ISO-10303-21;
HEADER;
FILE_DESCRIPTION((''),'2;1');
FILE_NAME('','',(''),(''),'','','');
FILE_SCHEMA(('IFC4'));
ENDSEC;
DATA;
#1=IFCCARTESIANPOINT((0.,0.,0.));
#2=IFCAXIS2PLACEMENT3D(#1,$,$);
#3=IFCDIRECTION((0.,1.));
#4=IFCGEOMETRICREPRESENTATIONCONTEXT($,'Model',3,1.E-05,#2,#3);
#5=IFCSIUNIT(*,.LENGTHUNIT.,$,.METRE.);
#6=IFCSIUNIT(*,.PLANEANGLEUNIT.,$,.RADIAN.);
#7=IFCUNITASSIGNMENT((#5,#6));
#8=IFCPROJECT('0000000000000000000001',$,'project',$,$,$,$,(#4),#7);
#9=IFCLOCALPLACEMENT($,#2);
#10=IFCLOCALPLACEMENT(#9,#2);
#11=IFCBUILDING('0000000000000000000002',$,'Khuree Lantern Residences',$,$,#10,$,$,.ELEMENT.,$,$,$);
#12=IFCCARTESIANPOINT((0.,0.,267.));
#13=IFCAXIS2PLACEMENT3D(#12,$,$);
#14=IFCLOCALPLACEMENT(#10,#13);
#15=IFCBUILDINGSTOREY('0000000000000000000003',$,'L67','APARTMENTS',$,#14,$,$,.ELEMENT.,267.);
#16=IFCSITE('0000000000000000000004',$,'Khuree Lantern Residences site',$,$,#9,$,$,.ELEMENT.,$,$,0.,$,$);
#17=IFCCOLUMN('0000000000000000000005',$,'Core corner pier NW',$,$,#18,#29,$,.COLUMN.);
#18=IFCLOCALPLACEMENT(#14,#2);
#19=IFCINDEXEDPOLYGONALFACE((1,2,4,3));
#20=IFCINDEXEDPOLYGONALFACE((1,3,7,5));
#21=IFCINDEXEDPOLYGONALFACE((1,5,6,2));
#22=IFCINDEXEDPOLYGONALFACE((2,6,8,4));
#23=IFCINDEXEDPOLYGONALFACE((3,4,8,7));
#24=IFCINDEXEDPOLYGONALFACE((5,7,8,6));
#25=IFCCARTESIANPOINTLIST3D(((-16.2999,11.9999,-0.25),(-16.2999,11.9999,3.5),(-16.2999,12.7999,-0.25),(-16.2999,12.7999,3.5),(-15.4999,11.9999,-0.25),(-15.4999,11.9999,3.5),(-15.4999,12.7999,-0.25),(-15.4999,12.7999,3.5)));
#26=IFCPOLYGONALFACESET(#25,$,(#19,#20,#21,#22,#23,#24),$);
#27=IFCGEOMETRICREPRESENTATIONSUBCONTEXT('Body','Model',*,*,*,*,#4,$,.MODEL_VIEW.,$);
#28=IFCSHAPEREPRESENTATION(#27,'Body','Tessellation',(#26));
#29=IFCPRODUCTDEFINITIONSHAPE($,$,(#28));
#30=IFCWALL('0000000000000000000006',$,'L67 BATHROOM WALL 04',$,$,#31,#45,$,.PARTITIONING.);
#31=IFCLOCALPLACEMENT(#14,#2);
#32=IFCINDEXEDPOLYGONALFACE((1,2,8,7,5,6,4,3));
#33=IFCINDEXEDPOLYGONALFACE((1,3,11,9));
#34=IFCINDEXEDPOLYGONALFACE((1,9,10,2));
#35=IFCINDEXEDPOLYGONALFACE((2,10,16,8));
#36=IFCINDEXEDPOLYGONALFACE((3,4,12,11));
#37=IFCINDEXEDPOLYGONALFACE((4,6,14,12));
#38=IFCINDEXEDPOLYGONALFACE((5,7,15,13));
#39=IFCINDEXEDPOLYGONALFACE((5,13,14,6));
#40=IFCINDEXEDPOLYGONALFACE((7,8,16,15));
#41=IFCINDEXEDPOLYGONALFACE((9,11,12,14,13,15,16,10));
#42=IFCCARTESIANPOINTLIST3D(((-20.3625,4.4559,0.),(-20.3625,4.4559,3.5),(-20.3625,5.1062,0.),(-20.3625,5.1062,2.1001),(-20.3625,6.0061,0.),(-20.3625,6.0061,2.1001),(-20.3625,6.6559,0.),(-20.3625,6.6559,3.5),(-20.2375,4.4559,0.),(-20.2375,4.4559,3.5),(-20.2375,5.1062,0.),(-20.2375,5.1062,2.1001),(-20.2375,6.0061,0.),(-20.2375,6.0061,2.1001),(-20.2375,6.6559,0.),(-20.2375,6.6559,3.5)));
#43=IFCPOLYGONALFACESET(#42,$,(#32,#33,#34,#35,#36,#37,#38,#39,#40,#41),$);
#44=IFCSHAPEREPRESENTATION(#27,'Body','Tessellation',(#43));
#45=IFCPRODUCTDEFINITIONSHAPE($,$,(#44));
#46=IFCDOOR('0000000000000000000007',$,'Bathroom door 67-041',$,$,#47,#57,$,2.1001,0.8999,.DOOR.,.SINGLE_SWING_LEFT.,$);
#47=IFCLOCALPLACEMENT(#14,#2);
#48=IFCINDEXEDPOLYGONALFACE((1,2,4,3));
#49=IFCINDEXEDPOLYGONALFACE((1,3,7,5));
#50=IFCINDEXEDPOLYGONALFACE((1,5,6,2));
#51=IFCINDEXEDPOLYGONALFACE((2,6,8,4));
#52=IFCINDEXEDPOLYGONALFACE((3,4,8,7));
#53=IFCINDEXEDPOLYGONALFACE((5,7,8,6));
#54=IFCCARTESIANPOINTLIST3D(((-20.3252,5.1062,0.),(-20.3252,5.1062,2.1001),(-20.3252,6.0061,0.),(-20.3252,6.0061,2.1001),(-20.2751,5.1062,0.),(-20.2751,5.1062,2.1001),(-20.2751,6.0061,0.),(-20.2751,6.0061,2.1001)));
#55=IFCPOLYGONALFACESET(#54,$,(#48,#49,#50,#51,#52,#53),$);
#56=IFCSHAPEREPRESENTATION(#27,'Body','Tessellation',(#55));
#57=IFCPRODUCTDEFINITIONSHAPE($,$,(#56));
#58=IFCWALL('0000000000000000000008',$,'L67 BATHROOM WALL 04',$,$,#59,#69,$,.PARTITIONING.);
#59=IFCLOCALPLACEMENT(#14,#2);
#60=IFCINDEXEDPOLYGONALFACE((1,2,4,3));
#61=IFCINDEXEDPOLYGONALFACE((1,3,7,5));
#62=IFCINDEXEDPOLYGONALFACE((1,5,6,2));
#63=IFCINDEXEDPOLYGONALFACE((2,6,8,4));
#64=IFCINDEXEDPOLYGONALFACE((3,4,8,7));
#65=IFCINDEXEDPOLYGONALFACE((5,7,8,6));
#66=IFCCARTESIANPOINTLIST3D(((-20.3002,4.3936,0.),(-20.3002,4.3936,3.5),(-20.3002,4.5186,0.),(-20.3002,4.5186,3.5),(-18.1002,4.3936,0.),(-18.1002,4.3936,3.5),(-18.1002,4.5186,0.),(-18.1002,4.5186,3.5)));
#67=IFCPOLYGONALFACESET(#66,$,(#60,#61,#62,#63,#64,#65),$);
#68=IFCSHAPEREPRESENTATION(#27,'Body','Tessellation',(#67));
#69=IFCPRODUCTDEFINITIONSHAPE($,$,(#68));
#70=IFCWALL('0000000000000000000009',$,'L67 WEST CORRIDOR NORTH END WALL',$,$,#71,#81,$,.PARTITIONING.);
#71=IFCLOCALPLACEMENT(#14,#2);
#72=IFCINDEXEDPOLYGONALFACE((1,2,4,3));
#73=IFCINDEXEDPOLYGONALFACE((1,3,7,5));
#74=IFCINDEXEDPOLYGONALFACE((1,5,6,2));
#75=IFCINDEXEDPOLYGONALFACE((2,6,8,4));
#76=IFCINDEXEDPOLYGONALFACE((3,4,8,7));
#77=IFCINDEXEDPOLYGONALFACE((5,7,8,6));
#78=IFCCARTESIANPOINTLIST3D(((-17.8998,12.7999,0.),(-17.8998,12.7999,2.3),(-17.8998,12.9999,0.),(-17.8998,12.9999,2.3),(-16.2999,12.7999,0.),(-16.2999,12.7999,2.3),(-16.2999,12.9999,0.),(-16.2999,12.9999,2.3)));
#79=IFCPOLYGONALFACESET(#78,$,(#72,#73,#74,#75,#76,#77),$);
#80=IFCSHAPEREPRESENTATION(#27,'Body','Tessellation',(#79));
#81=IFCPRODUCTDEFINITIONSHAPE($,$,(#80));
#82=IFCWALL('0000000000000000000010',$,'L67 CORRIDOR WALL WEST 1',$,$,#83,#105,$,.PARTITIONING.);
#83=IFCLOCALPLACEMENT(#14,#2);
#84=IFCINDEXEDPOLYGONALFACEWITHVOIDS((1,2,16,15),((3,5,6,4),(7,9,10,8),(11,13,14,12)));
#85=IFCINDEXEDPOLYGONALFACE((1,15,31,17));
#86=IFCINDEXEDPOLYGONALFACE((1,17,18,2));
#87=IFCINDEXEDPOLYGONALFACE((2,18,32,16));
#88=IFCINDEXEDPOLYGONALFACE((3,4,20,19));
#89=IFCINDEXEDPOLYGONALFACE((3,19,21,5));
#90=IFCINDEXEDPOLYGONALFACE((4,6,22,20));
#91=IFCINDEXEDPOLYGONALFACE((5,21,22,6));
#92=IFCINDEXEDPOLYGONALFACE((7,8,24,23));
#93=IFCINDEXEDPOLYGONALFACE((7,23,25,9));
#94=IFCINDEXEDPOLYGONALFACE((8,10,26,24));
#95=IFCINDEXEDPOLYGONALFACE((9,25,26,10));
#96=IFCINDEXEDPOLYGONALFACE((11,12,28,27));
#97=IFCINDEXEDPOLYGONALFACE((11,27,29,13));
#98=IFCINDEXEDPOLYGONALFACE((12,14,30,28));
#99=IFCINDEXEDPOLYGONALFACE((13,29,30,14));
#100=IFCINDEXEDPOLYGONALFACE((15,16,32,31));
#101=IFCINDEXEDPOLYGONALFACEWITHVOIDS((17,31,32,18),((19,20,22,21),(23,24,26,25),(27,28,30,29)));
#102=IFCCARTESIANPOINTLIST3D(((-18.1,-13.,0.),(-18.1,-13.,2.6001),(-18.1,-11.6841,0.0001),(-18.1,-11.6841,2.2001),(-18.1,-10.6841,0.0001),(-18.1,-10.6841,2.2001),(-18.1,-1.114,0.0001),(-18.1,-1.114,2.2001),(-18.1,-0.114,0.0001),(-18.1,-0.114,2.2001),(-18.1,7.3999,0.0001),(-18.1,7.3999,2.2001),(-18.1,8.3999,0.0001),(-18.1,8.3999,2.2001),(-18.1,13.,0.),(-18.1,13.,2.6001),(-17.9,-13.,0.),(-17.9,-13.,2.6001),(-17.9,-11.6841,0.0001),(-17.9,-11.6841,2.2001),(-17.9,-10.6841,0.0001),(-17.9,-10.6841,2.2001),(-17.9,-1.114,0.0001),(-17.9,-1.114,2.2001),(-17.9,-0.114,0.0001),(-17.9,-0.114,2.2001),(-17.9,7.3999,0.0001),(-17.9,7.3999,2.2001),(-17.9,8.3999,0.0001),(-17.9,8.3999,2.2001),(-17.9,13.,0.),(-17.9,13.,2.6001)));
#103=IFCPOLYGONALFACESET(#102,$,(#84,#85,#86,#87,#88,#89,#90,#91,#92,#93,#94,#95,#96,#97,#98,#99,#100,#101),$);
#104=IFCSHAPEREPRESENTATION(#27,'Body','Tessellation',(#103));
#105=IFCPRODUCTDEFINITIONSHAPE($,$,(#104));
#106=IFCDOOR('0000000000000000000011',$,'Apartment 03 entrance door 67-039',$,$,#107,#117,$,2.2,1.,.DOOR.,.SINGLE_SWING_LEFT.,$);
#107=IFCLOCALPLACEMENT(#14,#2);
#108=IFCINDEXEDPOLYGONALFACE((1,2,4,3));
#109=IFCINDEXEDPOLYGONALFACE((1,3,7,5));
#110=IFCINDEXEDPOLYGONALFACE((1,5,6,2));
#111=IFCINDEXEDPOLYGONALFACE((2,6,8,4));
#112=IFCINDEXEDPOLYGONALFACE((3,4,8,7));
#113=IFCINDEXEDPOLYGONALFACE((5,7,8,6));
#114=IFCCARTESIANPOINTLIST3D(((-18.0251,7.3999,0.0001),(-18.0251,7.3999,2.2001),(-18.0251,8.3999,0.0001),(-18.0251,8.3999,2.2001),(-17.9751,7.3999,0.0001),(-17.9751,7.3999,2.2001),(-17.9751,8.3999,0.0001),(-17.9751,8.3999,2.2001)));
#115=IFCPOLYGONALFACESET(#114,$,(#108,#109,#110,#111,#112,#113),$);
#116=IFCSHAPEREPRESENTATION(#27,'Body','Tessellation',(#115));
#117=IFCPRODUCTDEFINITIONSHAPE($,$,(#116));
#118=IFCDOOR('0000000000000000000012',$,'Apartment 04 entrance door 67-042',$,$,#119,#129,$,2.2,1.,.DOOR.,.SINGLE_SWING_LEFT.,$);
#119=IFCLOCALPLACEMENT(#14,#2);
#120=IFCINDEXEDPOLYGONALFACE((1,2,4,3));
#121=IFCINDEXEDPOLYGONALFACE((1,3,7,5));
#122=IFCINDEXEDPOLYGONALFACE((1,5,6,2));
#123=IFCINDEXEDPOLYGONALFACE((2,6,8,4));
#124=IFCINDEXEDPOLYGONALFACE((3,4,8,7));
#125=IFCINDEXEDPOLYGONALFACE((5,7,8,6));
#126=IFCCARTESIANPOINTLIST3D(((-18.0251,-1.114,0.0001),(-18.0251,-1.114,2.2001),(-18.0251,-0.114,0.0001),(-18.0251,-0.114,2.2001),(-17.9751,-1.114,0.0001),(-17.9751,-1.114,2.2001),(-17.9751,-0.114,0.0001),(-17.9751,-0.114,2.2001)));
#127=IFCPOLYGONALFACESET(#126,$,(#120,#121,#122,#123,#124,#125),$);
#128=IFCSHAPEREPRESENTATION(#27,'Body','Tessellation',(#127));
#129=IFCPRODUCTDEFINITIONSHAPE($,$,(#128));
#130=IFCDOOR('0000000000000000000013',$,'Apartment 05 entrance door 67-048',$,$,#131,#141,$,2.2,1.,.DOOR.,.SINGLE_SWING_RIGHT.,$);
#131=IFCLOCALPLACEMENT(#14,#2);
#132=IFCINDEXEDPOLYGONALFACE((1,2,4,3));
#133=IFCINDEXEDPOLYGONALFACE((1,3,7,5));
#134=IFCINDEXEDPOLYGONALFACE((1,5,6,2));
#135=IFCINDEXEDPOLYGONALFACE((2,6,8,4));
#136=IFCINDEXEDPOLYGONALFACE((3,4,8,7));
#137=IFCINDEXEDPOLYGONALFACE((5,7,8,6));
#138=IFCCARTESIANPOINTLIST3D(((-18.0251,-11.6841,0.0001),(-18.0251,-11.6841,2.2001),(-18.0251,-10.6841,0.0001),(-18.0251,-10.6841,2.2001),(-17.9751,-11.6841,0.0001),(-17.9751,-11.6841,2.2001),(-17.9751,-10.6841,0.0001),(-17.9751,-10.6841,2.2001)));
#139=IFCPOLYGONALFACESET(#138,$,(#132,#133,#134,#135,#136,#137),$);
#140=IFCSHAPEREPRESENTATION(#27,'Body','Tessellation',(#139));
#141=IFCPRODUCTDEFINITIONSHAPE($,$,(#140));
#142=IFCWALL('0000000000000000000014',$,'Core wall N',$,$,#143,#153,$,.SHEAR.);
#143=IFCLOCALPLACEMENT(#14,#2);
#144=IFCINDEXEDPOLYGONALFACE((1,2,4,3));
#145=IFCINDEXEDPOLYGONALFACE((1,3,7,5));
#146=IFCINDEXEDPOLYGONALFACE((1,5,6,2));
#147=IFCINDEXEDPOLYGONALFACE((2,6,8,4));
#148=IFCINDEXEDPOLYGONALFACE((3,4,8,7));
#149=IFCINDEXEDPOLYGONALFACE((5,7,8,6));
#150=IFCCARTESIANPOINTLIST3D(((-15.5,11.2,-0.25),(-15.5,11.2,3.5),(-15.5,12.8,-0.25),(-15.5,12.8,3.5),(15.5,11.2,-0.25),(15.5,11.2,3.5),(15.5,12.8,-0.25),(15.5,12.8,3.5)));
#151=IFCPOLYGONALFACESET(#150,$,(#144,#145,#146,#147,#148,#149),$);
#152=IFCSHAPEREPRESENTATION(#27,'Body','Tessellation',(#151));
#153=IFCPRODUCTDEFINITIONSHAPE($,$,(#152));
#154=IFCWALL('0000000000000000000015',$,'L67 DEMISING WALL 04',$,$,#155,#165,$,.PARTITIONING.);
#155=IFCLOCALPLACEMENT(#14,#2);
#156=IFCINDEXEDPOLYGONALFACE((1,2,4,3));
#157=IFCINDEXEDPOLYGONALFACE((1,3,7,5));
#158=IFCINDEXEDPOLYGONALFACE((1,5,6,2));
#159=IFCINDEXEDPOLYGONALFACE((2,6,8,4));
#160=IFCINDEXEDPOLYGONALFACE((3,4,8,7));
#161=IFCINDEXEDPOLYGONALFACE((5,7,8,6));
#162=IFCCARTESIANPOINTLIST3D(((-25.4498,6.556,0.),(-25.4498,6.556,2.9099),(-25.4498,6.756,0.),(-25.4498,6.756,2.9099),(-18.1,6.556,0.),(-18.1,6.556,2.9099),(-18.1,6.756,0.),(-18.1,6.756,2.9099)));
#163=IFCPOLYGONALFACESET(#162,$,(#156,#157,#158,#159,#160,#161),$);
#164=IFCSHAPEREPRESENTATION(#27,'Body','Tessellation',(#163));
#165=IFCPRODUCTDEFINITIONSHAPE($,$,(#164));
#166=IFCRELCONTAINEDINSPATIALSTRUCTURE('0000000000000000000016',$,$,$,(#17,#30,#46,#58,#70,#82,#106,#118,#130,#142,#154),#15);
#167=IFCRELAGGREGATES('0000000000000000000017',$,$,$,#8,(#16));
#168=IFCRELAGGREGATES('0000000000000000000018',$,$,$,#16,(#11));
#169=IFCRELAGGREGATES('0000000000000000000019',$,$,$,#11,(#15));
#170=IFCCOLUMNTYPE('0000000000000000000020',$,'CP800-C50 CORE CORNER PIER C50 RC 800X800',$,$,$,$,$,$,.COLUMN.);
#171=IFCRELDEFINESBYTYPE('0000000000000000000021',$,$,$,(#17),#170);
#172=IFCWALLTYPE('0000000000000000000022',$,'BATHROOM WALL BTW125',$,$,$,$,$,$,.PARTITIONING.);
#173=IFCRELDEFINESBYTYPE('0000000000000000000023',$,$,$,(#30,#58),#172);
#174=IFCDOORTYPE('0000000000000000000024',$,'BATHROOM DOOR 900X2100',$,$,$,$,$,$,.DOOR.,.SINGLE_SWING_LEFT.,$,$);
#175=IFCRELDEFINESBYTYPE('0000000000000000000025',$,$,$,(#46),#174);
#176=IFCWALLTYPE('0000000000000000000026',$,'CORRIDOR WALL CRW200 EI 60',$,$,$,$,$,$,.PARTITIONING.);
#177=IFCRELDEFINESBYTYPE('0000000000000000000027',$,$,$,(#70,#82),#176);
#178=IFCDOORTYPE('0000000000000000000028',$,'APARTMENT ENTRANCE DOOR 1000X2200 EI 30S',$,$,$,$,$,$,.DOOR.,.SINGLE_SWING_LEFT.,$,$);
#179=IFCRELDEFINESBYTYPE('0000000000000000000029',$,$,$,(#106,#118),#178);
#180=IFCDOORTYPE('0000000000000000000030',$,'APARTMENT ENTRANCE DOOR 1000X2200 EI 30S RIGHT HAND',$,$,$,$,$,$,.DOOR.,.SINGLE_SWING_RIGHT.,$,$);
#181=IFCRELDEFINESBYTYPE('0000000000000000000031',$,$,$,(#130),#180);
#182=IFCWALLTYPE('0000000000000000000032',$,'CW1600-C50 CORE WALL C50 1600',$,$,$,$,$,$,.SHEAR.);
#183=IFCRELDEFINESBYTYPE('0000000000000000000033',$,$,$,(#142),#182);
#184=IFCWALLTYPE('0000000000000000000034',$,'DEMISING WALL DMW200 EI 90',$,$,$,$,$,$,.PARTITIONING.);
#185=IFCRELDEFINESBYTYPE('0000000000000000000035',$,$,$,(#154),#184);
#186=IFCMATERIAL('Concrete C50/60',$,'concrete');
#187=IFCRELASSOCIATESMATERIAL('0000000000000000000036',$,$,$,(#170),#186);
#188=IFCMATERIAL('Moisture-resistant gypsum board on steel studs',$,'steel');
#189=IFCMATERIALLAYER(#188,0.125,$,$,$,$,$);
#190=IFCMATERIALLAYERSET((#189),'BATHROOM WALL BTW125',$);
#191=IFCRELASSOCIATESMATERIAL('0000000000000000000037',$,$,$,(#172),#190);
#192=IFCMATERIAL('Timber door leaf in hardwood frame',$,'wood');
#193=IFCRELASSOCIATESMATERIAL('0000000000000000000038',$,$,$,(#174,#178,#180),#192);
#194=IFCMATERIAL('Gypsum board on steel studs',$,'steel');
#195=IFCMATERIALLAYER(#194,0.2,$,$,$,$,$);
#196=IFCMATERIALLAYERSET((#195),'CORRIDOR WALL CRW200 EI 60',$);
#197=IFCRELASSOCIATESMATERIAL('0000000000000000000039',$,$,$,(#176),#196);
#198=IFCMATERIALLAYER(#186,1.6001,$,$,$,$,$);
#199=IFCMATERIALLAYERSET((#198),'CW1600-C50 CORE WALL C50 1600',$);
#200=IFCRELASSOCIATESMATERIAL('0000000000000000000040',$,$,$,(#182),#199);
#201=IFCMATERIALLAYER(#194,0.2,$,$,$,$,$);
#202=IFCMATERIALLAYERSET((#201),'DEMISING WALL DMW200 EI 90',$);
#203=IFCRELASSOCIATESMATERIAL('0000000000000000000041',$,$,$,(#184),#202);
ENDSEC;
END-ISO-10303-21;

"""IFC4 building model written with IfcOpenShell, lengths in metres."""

from ifc_helpers import new_model, si_unit, direction, frame, frame_2d, origin, origin_2d, place, context, subcontext, project, spatial, rectangle, extrude, material, layer, layer_set, material_profile, profile_set, type_object, element, fill, save


model = new_model("IFC4")

# Units and contexts
model_context = context("Model", 3, precision=1e-05, world=origin(), true_north=direction((0.0, 1.0)))
body_context = subcontext(model_context, "Body", "Model", "MODEL_VIEW")
ifc_project = project(units=[si_unit("LENGTHUNIT", "METRE"), si_unit("PLANEANGLEUNIT", "RADIAN")], contexts=[model_context])

# Site, building, storey
site_placement = place(None, origin())
site = spatial("IfcSite", under=ifc_project, at=site_placement, Name="Khuree Lantern Residences site", CompositionType="ELEMENT", RefElevation=0.0)
building_placement = place(site_placement, origin())
building = spatial("IfcBuilding", under=site, at=building_placement, Name="Khuree Lantern Residences", CompositionType="ELEMENT")
storey_placement = place(building_placement, frame((0.0, 0.0, 267.0)))
storey = spatial("IfcBuildingStorey", under=building, at=storey_placement, Name="L67", Description="APARTMENTS", CompositionType="ELEMENT", Elevation=267.0)

# Column
ifc_material_1 = material(Name="Concrete C50/60", Category="concrete")
ifc_material_profile = material_profile(ifc_material_1, rectangle(XDim=0.8, YDim=0.8, at=origin_2d()), Name="RC 800X800")
ifc_profile_set = profile_set([ifc_material_profile], Name="Concrete C50/60")
column_type = type_object("IfcColumnType", Name="CP800-C50 CORE CORNER PIER C50 RC 800X800", PredefinedType="COLUMN", material=ifc_profile_set)
column_placement = place(storey_placement, frame((-15.8999, 12.3999, -0.25), z_axis=(0.0, 0.0, 1.0), x_axis=(1.0, 0.0, 0.0)))
element("IfcColumn", 1, at=column_placement, inside=storey, type_object=column_type, Name="Core corner pier NW", PredefinedType="COLUMN", context=body_context, shape_type="SweptSolid", body=[
    extrude(rectangle(XDim=0.8, YDim=0.8, at=origin_2d()), origin(), (0.0, 0.0, 1.0), 3.75),
])

# Wall, opening, door
ifc_material_2 = material(Name="Moisture-resistant gypsum board on steel studs", Category="steel")
ifc_layer_1 = layer(ifc_material_2, 0.125)
ifc_layer_set_1 = layer_set([ifc_layer_1], Name="BATHROOM WALL BTW125")
wall_type_1 = type_object("IfcWallType", Name="BATHROOM WALL BTW125", PredefinedType="PARTITIONING", material=ifc_layer_set_1)
wall_1_placement = place(storey_placement, frame((-20.3, 6.656, 0.0), z_axis=(0.0, 0.0, 1.0), x_axis=(0.0, -1.0, 0.0)))
wall_1 = element("IfcWall", 2, at=wall_1_placement, inside=storey, type_object=wall_type_1, Name="L67 BATHROOM WALL 04", PredefinedType="PARTITIONING", context=body_context, shape_type="SweptSolid", body=[
    extrude(rectangle(XDim=2.2, YDim=0.125, at=frame_2d((1.1001, 0.0))), origin(), (0.0, 0.0, 1.0), 3.5),
])
opening_1_placement = place(wall_1_placement, frame((0.6499, 0.0, 0.0)))
opening_1 = element("IfcOpeningElement", 3, at=opening_1_placement, cuts=wall_1, PredefinedType="OPENING", context=body_context, shape_type="SweptSolid", body=[
    extrude(rectangle(XDim=0.8999, YDim=2.1001, at=frame_2d((0.45, 1.05))), frame((0.0, 0.0725, 0.0), z_axis=(0.0, -1.0, 0.0), x_axis=(1.0, 0.0, 0.0)), (0.0, 0.0, 1.0), 0.145),
])
ifc_material_3 = material(Name="Timber door leaf in hardwood frame", Category="wood")
door_type_1 = type_object("IfcDoorType", Name="BATHROOM DOOR 900X2100", OperationType="SINGLE_SWING_LEFT", PredefinedType="DOOR", material=ifc_material_3)
door_1_placement = place(opening_1_placement, origin())
door_1 = element("IfcDoor", 4, at=door_1_placement, inside=storey, type_object=door_type_1, Name="Bathroom door 67-041", OperationType="SINGLE_SWING_LEFT", OverallHeight=2.1001, OverallWidth=0.8999, PredefinedType="DOOR", context=body_context, shape_type="SweptSolid", body=[
    extrude(rectangle(XDim=0.8999, YDim=2.1001, at=frame_2d((0.45, 1.05))), frame((0.0, 0.0249, 0.0), z_axis=(0.0, -1.0, 0.0), x_axis=(1.0, 0.0, 0.0)), (0.0, 0.0, 1.0), 0.05),
])
fill(opening_1, door_1)

# Walls
wall_2_placement = place(storey_placement, frame((-18.1001, 4.4561, 0.0), z_axis=(0.0, 0.0, 1.0), x_axis=(-1.0, 0.0, 0.0)))
element("IfcWall", 5, at=wall_2_placement, inside=storey, type_object=wall_type_1, Name="L67 BATHROOM WALL 04", PredefinedType="PARTITIONING", context=body_context, shape_type="SweptSolid", body=[
    extrude(rectangle(XDim=2.2, YDim=0.125, at=frame_2d((1.1001, 0.0))), origin(), (0.0, 0.0, 1.0), 3.5),
])
ifc_material_4 = material(Name="Gypsum board on steel studs", Category="steel")
ifc_layer_2 = layer(ifc_material_4, 0.2)
ifc_layer_set_2 = layer_set([ifc_layer_2], Name="CORRIDOR WALL CRW200 EI 60")
wall_type_2 = type_object("IfcWallType", Name="CORRIDOR WALL CRW200 EI 60", PredefinedType="PARTITIONING", material=ifc_layer_set_2)
wall_3_placement = place(storey_placement, frame((-16.3, 12.8999, 0.0), z_axis=(0.0, 0.0, 1.0), x_axis=(-1.0, 0.0, 0.0)))
element("IfcWall", 6, at=wall_3_placement, inside=storey, type_object=wall_type_2, Name="L67 WEST CORRIDOR NORTH END WALL", PredefinedType="PARTITIONING", context=body_context, shape_type="SweptSolid", body=[
    extrude(rectangle(XDim=1.5999, YDim=0.2, at=frame_2d((0.7998, 0.0))), origin(), (0.0, 0.0, 1.0), 2.3),
])

# Wall, openings, doors
wall_4_placement = place(storey_placement, frame((-18.0, 13.0, 0.0), z_axis=(0.0, 0.0, 1.0), x_axis=(0.0, -1.0, 0.0)))
wall_4 = element("IfcWall", 7, at=wall_4_placement, inside=storey, type_object=wall_type_2, Name="L67 CORRIDOR WALL WEST 1", PredefinedType="PARTITIONING", context=body_context, shape_type="SweptSolid", body=[
    extrude(rectangle(XDim=26.0, YDim=0.2, at=frame_2d((13.0, 0.0))), origin(), (0.0, 0.0, 1.0), 2.6001),
])
opening_2_placement = place(wall_4_placement, frame((4.6001, 0.0, 0.0)))
opening_2 = element("IfcOpeningElement", 8, at=opening_2_placement, cuts=wall_4, PredefinedType="OPENING", context=body_context, shape_type="SweptSolid", body=[
    extrude(rectangle(XDim=1.0, YDim=2.2, at=frame_2d((0.5, 1.1001))), frame((0.0, 0.1099, 0.0), z_axis=(0.0, -1.0, 0.0), x_axis=(1.0, 0.0, 0.0)), (0.0, 0.0, 1.0), 0.22),
])
opening_3_placement = place(wall_4_placement, frame((13.114, 0.0, 0.0)))
opening_3 = element("IfcOpeningElement", 9, at=opening_3_placement, cuts=wall_4, PredefinedType="OPENING", context=body_context, shape_type="SweptSolid", body=[
    extrude(rectangle(XDim=1.0, YDim=2.2, at=frame_2d((0.5, 1.1001))), frame((0.0, 0.1099, 0.0), z_axis=(0.0, -1.0, 0.0), x_axis=(1.0, 0.0, 0.0)), (0.0, 0.0, 1.0), 0.22),
])
opening_4_placement = place(wall_4_placement, frame((23.6841, 0.0, 0.0)))
opening_4 = element("IfcOpeningElement", 10, at=opening_4_placement, cuts=wall_4, PredefinedType="OPENING", context=body_context, shape_type="SweptSolid", body=[
    extrude(rectangle(XDim=1.0, YDim=2.2, at=frame_2d((0.5, 1.1001))), frame((0.0, 0.1099, 0.0), z_axis=(0.0, -1.0, 0.0), x_axis=(1.0, 0.0, 0.0)), (0.0, 0.0, 1.0), 0.22),
])
door_type_2 = type_object("IfcDoorType", Name="APARTMENT ENTRANCE DOOR 1000X2200 EI 30S", OperationType="SINGLE_SWING_LEFT", PredefinedType="DOOR", material=ifc_material_3)
door_2_placement = place(opening_2_placement, origin())
door_2 = element("IfcDoor", 11, at=door_2_placement, inside=storey, type_object=door_type_2, Name="Apartment 03 entrance door 67-039", OperationType="SINGLE_SWING_LEFT", OverallHeight=2.2, OverallWidth=1.0, PredefinedType="DOOR", context=body_context, shape_type="SweptSolid", body=[
    extrude(rectangle(XDim=1.0, YDim=2.2, at=frame_2d((0.5, 1.1001))), frame((0.0, 0.0249, 0.0), z_axis=(0.0, -1.0, 0.0), x_axis=(1.0, 0.0, 0.0)), (0.0, 0.0, 1.0), 0.05),
])
fill(opening_2, door_2)
door_3_placement = place(opening_3_placement, origin())
door_3 = element("IfcDoor", 12, at=door_3_placement, inside=storey, type_object=door_type_2, Name="Apartment 04 entrance door 67-042", OperationType="SINGLE_SWING_LEFT", OverallHeight=2.2, OverallWidth=1.0, PredefinedType="DOOR", context=body_context, shape_type="SweptSolid", body=[
    extrude(rectangle(XDim=1.0, YDim=2.2, at=frame_2d((0.5, 1.1001))), frame((0.0, 0.0249, 0.0), z_axis=(0.0, -1.0, 0.0), x_axis=(1.0, 0.0, 0.0)), (0.0, 0.0, 1.0), 0.05),
])
fill(opening_3, door_3)
door_type_3 = type_object("IfcDoorType", Name="APARTMENT ENTRANCE DOOR 1000X2200 EI 30S RIGHT HAND", OperationType="SINGLE_SWING_RIGHT", PredefinedType="DOOR", material=ifc_material_3)
door_4_placement = place(opening_4_placement, origin())
door_4 = element("IfcDoor", 13, at=door_4_placement, inside=storey, type_object=door_type_3, Name="Apartment 05 entrance door 67-048", OperationType="SINGLE_SWING_RIGHT", OverallHeight=2.2, OverallWidth=1.0, PredefinedType="DOOR", context=body_context, shape_type="SweptSolid", body=[
    extrude(rectangle(XDim=1.0, YDim=2.2, at=frame_2d((0.5, 1.1001))), frame((0.0, 0.0249, 0.0), z_axis=(0.0, -1.0, 0.0), x_axis=(1.0, 0.0, 0.0)), (0.0, 0.0, 1.0), 0.05),
])
fill(opening_4, door_4)

# Walls
ifc_layer_3 = layer(ifc_material_1, 1.6001)
ifc_layer_set_3 = layer_set([ifc_layer_3], Name="CW1600-C50 CORE WALL C50 1600")
wall_type_3 = type_object("IfcWallType", Name="CW1600-C50 CORE WALL C50 1600", PredefinedType="SHEAR", material=ifc_layer_set_3)
wall_5_placement = place(storey_placement, frame((-15.5, 12.0, -0.25), z_axis=(0.0, 0.0, 1.0), x_axis=(1.0, 0.0, 0.0)))
element("IfcWall", 14, at=wall_5_placement, inside=storey, type_object=wall_type_3, Name="Core wall N", PredefinedType="SHEAR", context=body_context, shape_type="SweptSolid", body=[
    extrude(rectangle(XDim=31.0, YDim=1.6001, at=frame_2d((15.5, 0.0))), origin(), (0.0, 0.0, 1.0), 3.75),
])
ifc_layer_4 = layer(ifc_material_4, 0.2)
ifc_layer_set_4 = layer_set([ifc_layer_4], Name="DEMISING WALL DMW200 EI 90")
wall_type_4 = type_object("IfcWallType", Name="DEMISING WALL DMW200 EI 90", PredefinedType="PARTITIONING", material=ifc_layer_set_4)
for number, where, z_axis, x_axis, name in (
    (15, (-18.1001, 6.656, 0.0), (0.0, 0.0, 1.0), (-1.0, 0.0, 0.0), "L67 DEMISING WALL 04"),
):
    element("IfcWall", number, at=place(storey_placement, frame(where, z_axis=z_axis, x_axis=x_axis)), inside=storey, type_object=wall_type_4, Name=name, PredefinedType="PARTITIONING", context=body_context, shape_type="SweptSolid", body=[
        extrude(rectangle(XDim=7.3499, YDim=0.2, at=frame_2d((3.6748, 0.0))), origin(), (0.0, 0.0, 1.0), 2.9099),
    ])

save(model, "model.ifc")
